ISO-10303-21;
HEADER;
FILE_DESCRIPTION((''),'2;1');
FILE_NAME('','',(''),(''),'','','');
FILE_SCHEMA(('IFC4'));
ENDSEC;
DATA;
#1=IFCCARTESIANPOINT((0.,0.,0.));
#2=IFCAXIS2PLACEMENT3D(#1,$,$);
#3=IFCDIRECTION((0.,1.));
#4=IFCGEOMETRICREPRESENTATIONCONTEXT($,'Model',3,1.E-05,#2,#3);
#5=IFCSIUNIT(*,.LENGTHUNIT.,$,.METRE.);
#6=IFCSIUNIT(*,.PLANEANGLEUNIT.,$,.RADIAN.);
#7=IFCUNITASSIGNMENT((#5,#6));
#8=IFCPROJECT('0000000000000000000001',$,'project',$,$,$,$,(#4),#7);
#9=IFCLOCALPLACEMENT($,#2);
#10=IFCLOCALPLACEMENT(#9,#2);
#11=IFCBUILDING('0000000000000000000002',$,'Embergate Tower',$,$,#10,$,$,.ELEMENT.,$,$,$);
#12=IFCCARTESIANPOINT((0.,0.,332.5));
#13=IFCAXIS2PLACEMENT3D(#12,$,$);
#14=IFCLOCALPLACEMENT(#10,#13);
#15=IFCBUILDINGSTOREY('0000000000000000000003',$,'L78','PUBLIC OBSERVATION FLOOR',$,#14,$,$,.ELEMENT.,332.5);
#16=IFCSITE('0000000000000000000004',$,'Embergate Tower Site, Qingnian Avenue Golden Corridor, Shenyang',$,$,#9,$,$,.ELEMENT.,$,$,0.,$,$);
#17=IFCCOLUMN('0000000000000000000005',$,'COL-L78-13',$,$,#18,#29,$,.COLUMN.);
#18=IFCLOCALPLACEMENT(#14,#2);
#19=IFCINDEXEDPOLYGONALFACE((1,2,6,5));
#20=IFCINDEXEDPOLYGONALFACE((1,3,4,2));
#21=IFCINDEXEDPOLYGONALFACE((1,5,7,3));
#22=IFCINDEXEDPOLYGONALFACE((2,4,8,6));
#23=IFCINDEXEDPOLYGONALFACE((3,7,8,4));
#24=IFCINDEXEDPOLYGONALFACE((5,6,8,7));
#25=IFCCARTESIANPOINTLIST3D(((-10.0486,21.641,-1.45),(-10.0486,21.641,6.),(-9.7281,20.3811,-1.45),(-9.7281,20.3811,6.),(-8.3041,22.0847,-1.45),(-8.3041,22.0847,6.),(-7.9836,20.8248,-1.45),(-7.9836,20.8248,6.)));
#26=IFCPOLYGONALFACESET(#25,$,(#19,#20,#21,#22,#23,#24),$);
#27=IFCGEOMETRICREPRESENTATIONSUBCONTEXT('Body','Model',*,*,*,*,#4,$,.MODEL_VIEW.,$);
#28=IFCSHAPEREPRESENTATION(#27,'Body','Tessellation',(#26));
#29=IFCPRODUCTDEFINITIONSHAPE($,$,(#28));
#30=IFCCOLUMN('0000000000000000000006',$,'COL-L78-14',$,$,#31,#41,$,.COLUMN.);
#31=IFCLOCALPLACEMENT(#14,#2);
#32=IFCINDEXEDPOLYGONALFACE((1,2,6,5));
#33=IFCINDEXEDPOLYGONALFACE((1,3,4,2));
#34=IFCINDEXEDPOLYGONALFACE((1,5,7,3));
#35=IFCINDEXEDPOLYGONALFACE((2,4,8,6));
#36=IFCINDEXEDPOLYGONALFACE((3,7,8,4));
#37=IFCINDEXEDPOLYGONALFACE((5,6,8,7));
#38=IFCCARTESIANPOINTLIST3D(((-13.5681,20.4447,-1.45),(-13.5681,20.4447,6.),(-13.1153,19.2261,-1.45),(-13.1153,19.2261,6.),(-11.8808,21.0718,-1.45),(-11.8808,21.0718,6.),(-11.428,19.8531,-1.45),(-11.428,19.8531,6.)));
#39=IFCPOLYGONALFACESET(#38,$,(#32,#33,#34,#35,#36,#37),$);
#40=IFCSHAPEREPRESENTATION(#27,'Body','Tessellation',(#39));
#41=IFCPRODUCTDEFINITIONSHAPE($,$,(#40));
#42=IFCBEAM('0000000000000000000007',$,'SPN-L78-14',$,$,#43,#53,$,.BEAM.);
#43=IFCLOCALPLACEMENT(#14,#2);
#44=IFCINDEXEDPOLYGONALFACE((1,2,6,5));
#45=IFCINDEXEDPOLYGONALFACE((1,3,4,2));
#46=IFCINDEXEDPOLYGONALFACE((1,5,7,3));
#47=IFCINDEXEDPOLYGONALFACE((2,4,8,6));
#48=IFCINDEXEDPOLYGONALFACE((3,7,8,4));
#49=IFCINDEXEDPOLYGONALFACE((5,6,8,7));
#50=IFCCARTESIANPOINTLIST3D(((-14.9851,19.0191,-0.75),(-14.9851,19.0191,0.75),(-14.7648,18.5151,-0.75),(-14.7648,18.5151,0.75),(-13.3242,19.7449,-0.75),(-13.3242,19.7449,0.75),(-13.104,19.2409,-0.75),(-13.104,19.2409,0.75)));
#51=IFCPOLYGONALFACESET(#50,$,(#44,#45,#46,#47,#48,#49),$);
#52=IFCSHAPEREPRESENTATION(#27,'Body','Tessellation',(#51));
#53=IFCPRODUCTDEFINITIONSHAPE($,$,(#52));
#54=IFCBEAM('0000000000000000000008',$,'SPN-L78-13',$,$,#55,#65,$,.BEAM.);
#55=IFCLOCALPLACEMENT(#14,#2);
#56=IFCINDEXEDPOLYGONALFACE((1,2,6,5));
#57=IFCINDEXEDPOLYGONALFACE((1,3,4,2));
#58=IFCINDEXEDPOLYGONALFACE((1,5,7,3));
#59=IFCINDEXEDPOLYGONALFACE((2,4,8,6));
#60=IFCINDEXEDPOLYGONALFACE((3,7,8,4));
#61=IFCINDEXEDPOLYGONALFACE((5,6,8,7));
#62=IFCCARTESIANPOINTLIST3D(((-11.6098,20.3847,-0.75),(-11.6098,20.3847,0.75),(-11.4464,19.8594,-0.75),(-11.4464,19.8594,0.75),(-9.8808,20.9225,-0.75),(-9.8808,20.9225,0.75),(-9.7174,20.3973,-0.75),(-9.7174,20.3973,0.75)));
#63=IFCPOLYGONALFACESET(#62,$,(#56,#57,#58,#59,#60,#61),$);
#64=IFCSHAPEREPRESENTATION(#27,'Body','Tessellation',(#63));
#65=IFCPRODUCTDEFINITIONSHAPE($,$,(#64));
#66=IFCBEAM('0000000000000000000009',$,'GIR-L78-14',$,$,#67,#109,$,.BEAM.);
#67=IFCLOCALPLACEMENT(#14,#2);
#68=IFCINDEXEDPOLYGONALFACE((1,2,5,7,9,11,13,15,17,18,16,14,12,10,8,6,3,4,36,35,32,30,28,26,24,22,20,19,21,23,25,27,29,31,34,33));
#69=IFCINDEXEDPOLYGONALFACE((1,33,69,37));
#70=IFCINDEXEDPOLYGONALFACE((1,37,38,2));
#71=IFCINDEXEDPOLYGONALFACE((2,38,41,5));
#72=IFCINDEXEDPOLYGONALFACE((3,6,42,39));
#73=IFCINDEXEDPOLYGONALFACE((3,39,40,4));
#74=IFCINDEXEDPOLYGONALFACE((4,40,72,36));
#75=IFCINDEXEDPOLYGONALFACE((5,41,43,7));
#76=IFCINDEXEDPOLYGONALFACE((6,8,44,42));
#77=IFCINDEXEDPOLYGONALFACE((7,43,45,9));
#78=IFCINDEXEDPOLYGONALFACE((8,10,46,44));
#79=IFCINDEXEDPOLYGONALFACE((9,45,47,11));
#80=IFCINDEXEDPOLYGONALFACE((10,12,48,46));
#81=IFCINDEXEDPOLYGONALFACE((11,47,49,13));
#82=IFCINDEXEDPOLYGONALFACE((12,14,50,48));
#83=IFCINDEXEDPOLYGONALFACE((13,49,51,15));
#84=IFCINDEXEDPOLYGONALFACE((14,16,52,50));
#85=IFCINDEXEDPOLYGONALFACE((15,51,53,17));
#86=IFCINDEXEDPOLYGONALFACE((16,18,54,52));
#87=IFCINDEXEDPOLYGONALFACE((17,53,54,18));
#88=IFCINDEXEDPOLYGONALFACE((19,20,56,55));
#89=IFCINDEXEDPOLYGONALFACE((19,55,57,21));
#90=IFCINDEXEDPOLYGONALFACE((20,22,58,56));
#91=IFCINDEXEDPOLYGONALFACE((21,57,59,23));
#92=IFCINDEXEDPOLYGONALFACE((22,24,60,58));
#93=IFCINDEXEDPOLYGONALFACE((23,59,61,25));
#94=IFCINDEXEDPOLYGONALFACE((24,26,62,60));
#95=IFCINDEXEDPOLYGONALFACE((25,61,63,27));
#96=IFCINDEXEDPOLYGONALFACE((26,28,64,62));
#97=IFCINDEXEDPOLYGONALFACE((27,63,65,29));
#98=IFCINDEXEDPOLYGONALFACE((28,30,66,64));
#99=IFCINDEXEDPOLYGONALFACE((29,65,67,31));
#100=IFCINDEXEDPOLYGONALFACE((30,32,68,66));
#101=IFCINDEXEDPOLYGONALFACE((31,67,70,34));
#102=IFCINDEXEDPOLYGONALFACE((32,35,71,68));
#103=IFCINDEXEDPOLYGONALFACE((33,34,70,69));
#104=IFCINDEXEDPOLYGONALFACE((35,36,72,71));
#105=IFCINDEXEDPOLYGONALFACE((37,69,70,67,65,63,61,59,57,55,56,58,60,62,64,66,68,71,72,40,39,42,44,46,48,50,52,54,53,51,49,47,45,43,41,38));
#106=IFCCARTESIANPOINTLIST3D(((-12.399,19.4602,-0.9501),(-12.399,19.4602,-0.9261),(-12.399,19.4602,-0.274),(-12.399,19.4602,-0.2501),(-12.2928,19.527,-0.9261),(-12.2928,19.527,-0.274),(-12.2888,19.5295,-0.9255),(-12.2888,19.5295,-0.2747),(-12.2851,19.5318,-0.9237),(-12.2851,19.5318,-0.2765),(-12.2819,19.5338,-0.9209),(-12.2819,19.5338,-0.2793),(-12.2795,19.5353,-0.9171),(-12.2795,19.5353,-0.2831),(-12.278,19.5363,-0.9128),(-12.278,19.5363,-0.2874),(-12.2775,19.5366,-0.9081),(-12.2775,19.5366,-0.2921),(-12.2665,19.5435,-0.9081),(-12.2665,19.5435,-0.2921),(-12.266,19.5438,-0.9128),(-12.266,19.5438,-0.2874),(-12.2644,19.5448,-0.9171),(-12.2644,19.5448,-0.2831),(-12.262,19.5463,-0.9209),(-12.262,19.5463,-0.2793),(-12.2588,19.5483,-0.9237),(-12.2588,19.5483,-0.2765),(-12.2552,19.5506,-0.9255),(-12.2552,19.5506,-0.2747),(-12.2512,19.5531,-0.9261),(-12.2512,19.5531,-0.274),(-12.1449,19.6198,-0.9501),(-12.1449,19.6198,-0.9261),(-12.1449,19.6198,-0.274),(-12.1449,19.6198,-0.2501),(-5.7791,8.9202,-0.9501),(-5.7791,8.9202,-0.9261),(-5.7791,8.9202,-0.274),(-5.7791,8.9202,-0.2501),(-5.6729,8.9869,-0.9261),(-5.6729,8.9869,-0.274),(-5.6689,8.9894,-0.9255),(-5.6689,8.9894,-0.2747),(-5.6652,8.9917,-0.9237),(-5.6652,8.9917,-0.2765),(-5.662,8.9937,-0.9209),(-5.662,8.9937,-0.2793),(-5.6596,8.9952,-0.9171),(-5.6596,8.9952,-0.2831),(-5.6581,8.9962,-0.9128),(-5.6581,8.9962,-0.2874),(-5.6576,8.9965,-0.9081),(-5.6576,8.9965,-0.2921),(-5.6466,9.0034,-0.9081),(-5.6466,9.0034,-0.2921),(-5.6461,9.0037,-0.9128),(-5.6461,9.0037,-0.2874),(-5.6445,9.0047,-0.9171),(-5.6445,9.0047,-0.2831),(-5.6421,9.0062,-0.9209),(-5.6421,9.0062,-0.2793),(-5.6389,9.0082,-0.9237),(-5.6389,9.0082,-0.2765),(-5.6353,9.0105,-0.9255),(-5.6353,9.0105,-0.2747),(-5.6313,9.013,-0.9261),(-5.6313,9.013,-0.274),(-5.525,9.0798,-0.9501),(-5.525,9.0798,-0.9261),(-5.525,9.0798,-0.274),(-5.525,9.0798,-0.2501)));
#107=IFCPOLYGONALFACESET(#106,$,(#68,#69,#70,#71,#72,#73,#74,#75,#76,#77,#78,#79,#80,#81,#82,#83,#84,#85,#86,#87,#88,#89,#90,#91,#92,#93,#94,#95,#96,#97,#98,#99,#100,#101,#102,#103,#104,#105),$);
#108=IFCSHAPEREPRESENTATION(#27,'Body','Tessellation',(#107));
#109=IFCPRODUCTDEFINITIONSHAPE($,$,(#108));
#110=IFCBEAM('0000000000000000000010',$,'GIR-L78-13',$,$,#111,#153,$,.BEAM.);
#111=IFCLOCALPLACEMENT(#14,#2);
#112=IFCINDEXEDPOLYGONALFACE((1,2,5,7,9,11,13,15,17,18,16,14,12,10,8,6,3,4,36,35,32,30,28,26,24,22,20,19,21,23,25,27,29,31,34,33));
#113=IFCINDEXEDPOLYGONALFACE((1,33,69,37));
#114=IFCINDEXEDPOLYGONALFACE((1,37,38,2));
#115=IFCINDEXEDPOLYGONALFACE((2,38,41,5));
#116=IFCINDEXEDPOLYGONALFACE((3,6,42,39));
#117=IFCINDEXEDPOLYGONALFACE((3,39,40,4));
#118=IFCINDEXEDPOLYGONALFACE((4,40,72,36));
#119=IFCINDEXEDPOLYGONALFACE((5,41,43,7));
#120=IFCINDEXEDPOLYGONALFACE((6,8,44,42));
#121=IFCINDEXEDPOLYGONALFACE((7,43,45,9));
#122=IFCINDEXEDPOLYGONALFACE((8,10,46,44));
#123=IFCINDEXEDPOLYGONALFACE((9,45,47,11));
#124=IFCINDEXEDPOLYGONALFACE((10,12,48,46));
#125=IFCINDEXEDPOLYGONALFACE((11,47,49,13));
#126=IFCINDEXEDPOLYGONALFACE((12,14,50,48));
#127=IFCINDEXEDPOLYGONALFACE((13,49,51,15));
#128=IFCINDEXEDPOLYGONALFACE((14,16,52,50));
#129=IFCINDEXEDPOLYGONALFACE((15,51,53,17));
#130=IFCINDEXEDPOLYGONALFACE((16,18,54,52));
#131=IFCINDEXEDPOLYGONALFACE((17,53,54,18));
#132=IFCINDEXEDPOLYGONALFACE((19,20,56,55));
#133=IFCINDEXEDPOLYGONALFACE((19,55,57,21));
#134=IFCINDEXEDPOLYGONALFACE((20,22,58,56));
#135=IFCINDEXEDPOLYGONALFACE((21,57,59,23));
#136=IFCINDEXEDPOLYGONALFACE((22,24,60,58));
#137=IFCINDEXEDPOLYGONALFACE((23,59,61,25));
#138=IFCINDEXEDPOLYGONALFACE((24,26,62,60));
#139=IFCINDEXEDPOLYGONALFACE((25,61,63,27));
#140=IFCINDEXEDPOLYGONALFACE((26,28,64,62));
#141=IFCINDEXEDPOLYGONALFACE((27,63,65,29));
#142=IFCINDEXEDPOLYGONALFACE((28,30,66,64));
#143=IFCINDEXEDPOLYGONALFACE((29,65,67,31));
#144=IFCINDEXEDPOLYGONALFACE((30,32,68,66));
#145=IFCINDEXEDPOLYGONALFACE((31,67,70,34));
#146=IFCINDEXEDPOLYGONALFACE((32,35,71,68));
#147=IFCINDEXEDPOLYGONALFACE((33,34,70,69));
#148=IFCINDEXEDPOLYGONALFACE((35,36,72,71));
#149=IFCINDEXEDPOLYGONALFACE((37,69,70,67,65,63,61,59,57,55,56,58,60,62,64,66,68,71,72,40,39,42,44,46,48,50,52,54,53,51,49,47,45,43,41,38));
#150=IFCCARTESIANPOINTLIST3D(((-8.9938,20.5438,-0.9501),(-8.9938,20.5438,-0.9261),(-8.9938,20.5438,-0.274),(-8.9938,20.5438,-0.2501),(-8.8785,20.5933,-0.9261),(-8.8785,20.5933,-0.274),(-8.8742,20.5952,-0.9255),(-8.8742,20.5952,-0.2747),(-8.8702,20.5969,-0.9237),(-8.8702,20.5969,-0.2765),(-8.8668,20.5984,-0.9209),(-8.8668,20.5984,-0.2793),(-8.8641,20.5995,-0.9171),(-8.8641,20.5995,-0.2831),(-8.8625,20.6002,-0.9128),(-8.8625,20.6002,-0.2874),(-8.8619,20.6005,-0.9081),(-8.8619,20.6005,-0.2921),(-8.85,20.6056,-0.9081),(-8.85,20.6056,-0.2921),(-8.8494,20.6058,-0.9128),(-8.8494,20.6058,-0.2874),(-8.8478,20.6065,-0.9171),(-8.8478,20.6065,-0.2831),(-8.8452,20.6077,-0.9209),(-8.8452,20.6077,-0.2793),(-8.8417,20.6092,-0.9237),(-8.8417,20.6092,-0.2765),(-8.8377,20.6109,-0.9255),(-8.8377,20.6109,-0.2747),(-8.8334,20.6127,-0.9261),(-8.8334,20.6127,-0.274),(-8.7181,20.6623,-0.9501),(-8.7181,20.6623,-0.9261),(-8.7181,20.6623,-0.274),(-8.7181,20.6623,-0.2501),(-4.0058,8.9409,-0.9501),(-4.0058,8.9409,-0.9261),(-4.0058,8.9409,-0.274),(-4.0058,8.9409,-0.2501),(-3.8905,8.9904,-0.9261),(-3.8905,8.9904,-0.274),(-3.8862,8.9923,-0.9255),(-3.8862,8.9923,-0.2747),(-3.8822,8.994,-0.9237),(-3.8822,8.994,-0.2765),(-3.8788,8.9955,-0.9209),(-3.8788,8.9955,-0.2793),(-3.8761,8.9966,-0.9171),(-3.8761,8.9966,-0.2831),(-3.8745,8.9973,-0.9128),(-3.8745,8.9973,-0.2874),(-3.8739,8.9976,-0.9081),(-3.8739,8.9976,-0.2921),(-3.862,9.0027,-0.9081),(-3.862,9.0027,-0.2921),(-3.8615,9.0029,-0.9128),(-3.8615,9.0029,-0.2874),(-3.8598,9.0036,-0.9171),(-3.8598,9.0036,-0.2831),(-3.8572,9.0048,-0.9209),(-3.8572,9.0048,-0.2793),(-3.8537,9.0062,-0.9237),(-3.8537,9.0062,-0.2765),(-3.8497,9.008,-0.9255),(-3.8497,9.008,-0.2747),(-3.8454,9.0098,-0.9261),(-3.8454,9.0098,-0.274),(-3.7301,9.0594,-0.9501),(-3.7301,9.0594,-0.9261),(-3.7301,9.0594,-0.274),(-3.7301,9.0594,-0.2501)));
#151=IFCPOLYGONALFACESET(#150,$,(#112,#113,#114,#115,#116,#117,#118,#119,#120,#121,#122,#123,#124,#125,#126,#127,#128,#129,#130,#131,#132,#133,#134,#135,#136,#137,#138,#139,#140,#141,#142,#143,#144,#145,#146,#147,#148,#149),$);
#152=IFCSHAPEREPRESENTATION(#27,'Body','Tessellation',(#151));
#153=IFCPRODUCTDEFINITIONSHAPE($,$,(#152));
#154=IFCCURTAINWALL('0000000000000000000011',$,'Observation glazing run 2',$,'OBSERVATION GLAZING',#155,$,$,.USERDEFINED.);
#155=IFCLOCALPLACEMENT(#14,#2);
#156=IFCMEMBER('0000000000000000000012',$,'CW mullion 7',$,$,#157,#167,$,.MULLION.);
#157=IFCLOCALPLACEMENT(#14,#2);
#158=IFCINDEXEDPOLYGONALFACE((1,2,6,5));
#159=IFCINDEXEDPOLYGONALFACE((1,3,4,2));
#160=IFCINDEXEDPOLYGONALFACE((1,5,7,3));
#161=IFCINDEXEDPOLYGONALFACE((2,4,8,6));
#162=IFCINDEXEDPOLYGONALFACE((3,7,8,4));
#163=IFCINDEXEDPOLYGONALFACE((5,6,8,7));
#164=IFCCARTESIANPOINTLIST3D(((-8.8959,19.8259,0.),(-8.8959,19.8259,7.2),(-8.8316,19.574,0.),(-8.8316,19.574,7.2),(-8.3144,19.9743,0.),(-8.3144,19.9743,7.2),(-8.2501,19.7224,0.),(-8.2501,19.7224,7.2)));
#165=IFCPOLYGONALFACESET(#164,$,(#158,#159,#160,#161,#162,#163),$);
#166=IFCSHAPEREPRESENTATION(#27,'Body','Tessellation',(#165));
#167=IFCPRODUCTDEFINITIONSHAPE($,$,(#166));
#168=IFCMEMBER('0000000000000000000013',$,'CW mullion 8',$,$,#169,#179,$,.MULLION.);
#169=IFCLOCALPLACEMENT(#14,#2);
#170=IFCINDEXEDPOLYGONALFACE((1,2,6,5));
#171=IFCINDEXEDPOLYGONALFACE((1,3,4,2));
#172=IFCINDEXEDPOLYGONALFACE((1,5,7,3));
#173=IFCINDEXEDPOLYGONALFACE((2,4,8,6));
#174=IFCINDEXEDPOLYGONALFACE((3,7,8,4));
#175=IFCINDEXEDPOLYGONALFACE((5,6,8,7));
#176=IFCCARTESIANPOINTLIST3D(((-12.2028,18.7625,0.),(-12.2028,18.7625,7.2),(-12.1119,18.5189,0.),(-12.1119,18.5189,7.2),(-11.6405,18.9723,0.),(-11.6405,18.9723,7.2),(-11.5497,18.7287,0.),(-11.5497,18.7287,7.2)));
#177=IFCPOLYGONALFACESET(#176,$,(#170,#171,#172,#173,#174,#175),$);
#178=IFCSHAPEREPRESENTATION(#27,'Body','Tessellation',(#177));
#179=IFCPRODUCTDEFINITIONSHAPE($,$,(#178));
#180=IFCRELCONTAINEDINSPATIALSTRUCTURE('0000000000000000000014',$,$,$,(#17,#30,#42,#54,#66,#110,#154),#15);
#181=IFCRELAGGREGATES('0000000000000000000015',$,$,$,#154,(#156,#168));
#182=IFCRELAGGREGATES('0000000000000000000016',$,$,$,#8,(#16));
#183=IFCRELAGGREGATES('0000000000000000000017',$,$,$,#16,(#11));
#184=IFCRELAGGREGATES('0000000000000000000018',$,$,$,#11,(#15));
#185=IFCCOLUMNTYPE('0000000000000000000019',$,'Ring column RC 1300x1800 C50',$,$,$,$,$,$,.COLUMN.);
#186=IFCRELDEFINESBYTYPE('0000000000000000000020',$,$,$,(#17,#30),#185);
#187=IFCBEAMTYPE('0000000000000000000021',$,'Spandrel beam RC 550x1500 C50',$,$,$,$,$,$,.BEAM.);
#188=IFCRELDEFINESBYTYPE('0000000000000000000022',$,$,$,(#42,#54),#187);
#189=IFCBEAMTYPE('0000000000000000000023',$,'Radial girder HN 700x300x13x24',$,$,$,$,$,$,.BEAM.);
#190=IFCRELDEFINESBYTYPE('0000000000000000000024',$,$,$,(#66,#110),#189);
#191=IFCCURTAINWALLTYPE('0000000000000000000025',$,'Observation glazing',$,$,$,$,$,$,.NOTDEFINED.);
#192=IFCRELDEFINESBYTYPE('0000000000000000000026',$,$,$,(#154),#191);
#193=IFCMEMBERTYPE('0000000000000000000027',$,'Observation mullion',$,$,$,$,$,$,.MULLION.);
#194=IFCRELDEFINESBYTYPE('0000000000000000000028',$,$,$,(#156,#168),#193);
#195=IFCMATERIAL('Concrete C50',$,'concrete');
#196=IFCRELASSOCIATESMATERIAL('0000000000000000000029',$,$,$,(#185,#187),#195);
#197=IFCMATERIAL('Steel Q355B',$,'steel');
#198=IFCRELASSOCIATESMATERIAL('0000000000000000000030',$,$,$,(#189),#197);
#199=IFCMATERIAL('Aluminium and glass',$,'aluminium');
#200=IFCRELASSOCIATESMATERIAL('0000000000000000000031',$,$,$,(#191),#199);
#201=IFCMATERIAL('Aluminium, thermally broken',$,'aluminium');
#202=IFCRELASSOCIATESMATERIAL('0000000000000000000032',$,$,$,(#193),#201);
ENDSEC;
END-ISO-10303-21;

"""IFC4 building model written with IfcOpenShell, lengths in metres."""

from ifc_helpers import new_model, si_unit, direction, frame, origin, origin_2d, place, context, subcontext, project, spatial, rectangle, i_section, extrude, source, transform, mapped, material, material_profile, profile_set, type_object, element, aggregate, save


model = new_model("IFC4")

# Units and contexts
model_context = context("Model", 3, precision=1e-05, world=origin(), true_north=direction((0.0, 1.0)))
body_context = subcontext(model_context, "Body", "Model", "MODEL_VIEW")
ifc_project = project(units=[si_unit("LENGTHUNIT", "METRE"), si_unit("PLANEANGLEUNIT", "RADIAN")], contexts=[model_context])

# Site, building, storey
site_placement = place(None, origin())
site = spatial("IfcSite", under=ifc_project, at=site_placement, Name="Embergate Tower Site, Qingnian Avenue Golden Corridor, Shenyang", CompositionType="ELEMENT", RefElevation=0.0)
building_placement = place(site_placement, origin())
building = spatial("IfcBuilding", under=site, at=building_placement, Name="Embergate Tower", CompositionType="ELEMENT")
storey_placement = place(building_placement, frame((0.0, 0.0, 332.5)))
storey = spatial("IfcBuildingStorey", under=building, at=storey_placement, Name="L78", Description="PUBLIC OBSERVATION FLOOR", CompositionType="ELEMENT", Elevation=332.5)

# Columns
ifc_material_1 = material(Name="Concrete C50", Category="concrete")
ifc_material_profile_1 = material_profile(ifc_material_1, rectangle(XDim=1.3, YDim=1.8, at=origin_2d()), Name="RC 1300x1800")
ifc_profile_set_1 = profile_set([ifc_material_profile_1], Name="Concrete C50")
column_type = type_object("IfcColumnType", Name="Ring column RC 1300x1800 C50", PredefinedType="COLUMN", material=ifc_profile_set_1)
shared_shape_1 = source(origin(), body_context, "Body", "SweptSolid", [
    extrude(rectangle(XDim=1.3, YDim=1.8, at=origin_2d()), origin(), (0.0, 0.0, 1.0), 7.45),
])
for number, where, z_axis, x_axis, name in (
    (1, (-9.0161, 21.2329, -1.45), (0.0, 0.0, 1.0), (-0.246492, 0.969145, 0.0), "COL-L78-13"),
    (2, (-12.498, 20.1489, -1.45), (0.0, 0.0, 1.0), (-0.348343, 0.937367, 0.0), "COL-L78-14"),
):
    element("IfcColumn", number, at=place(storey_placement, frame(where, z_axis=z_axis, x_axis=x_axis)), inside=storey, type_object=column_type, Name=name, PredefinedType="COLUMN", context=body_context, shape_type="MappedRepresentation", body=[
        mapped(shared_shape_1, transform((0.0, 0.0, 0.0))),
    ])

# Beams
ifc_material_profile_2 = material_profile(ifc_material_1, rectangle(XDim=0.55, YDim=1.5, at=origin_2d()), Name="RC 550x1500")
ifc_profile_set_2 = profile_set([ifc_material_profile_2], Name="Concrete C50")
beam_type_1 = type_object("IfcBeamType", Name="Spandrel beam RC 550x1500 C50", PredefinedType="BEAM", material=ifc_profile_set_2)
shared_shape_2 = source(origin(), body_context, "Body", "SweptSolid", [
    extrude(rectangle(XDim=0.55, YDim=1.5, at=origin_2d()), origin(), (0.0, 0.0, 1.0), 1.8125),
])
beam_1_placement = place(storey_placement, frame((-13.2141, 19.4929, 0.0), z_axis=(-0.916321, -0.400444, 0.0), x_axis=(0.400444, -0.916321, 0.0)))
element("IfcBeam", 3, at=beam_1_placement, inside=storey, type_object=beam_type_1, Name="SPN-L78-14", PredefinedType="BEAM", context=body_context, shape_type="MappedRepresentation", body=[
    mapped(shared_shape_2, transform((0.0, 0.0, 0.0))),
])
shared_shape_3 = source(origin(), body_context, "Body", "SweptSolid", [
    extrude(rectangle(XDim=0.55, YDim=1.5, at=origin_2d()), origin(), (0.0, 0.0, 1.0), 1.8108),
])
beam_2_placement = place(storey_placement, frame((-9.7991, 20.6599, 0.0), z_axis=(-0.954868, -0.297031, 0.0), x_axis=(0.297031, -0.954868, 0.0)))
element("IfcBeam", 4, at=beam_2_placement, inside=storey, type_object=beam_type_1, Name="SPN-L78-13", PredefinedType="BEAM", context=body_context, shape_type="MappedRepresentation", body=[
    mapped(shared_shape_3, transform((0.0, 0.0, 0.0))),
])
ifc_material_2 = material(Name="Steel Q355B", Category="steel")
ifc_material_profile_3 = material_profile(ifc_material_2, i_section(OverallWidth=0.3, OverallDepth=0.7, WebThickness=0.0129, FlangeThickness=0.0239, FilletRadius=0.0181, at=origin_2d()), Name="HN 700x300x13x24")
ifc_profile_set_3 = profile_set([ifc_material_profile_3], Name="Steel Q355 grade B")
beam_type_2 = type_object("IfcBeamType", Name="Radial girder HN 700x300x13x24", PredefinedType="BEAM", material=ifc_profile_set_3)
shared_shape_4 = source(origin(), body_context, "Body", "SweptSolid", [
    extrude(i_section(OverallWidth=0.3, OverallDepth=0.7, WebThickness=0.0129, FlangeThickness=0.0239, FilletRadius=0.0181, at=origin_2d()), origin(), (0.0, 0.0, 1.0), 12.4465),
])
beam_3_placement = place(storey_placement, frame((-12.272, 19.54, -0.6001), z_axis=(0.531867, -0.846828, 0.0), x_axis=(0.846828, 0.531867, 0.0)))
element("IfcBeam", 5, at=beam_3_placement, inside=storey, type_object=beam_type_2, Name="GIR-L78-14", PredefinedType="BEAM", context=body_context, shape_type="MappedRepresentation", body=[
    mapped(shared_shape_4, transform((0.0, 0.0, 0.0))),
])
shared_shape_5 = source(origin(), body_context, "Body", "SweptSolid", [
    extrude(i_section(OverallWidth=0.3, OverallDepth=0.7, WebThickness=0.0129, FlangeThickness=0.0239, FilletRadius=0.0181, at=origin_2d()), origin(), (0.0, 0.0, 1.0), 12.6296),
])
beam_4_placement = place(storey_placement, frame((-8.856, 20.603, -0.6001), z_axis=(0.394943, -0.918706, 0.0), x_axis=(0.918706, 0.394943, 0.0)))
element("IfcBeam", 6, at=beam_4_placement, inside=storey, type_object=beam_type_2, Name="GIR-L78-13", PredefinedType="BEAM", context=body_context, shape_type="MappedRepresentation", body=[
    mapped(shared_shape_5, transform((0.0, 0.0, 0.0))),
])

# Curtain wall, members
ifc_material_3 = material(Name="Aluminium and glass", Category="aluminium")
curtain_wall_type = type_object("IfcCurtainWallType", Name="Observation glazing", PredefinedType="NOTDEFINED", material=ifc_material_3)
curtain_wall_1_placement = place(storey_placement, origin())
curtain_wall_1 = element("IfcCurtainWall", 7, at=curtain_wall_1_placement, inside=storey, type_object=curtain_wall_type, Name="Observation glazing run 2", ObjectType="OBSERVATION GLAZING", PredefinedType="USERDEFINED")
ifc_material_4 = material(Name="Aluminium, thermally broken", Category="aluminium")
ifc_material_profile_4 = material_profile(ifc_material_4, rectangle(XDim=0.26, YDim=0.6001, at=origin_2d()), Name="AL 600x260")
ifc_profile_set_4 = profile_set([ifc_material_profile_4], Name="Aluminium, thermally broken")
member_type_1 = type_object("IfcMemberType", Name="Observation mullion", PredefinedType="MULLION", material=ifc_profile_set_4)
shared_shape_6 = source(origin(), body_context, "Body", "SweptSolid", [
    extrude(rectangle(XDim=0.26, YDim=0.6001, at=origin_2d()), origin(), (0.0, 0.0, 1.0), 7.2),
])
member_1_placement = place(storey_placement, frame((-8.573, 19.7742, 0.0), z_axis=(0.0, 0.0, 1.0), x_axis=(0.247303, -0.968938, 0.0)))
member_1 = element("IfcMember", 8, at=member_1_placement, type_object=member_type_1, Name="CW mullion 7", PredefinedType="MULLION", context=body_context, shape_type="MappedRepresentation", body=[
    mapped(shared_shape_6, transform((0.0, 0.0, 0.0))),
])
member_2_placement = place(storey_placement, frame((-11.8762, 18.7456, 0.0), z_axis=(0.0, 0.0, 1.0), x_axis=(0.34949, -0.93694, 0.0)))
member_2 = element("IfcMember", 9, at=member_2_placement, type_object=member_type_1, Name="CW mullion 8", PredefinedType="MULLION", context=body_context, shape_type="MappedRepresentation", body=[
    mapped(shared_shape_6, transform((0.0, 0.0, 0.0))),
])

aggregate(curtain_wall_1, [member_1, member_2])

save(model, "model.ifc")
